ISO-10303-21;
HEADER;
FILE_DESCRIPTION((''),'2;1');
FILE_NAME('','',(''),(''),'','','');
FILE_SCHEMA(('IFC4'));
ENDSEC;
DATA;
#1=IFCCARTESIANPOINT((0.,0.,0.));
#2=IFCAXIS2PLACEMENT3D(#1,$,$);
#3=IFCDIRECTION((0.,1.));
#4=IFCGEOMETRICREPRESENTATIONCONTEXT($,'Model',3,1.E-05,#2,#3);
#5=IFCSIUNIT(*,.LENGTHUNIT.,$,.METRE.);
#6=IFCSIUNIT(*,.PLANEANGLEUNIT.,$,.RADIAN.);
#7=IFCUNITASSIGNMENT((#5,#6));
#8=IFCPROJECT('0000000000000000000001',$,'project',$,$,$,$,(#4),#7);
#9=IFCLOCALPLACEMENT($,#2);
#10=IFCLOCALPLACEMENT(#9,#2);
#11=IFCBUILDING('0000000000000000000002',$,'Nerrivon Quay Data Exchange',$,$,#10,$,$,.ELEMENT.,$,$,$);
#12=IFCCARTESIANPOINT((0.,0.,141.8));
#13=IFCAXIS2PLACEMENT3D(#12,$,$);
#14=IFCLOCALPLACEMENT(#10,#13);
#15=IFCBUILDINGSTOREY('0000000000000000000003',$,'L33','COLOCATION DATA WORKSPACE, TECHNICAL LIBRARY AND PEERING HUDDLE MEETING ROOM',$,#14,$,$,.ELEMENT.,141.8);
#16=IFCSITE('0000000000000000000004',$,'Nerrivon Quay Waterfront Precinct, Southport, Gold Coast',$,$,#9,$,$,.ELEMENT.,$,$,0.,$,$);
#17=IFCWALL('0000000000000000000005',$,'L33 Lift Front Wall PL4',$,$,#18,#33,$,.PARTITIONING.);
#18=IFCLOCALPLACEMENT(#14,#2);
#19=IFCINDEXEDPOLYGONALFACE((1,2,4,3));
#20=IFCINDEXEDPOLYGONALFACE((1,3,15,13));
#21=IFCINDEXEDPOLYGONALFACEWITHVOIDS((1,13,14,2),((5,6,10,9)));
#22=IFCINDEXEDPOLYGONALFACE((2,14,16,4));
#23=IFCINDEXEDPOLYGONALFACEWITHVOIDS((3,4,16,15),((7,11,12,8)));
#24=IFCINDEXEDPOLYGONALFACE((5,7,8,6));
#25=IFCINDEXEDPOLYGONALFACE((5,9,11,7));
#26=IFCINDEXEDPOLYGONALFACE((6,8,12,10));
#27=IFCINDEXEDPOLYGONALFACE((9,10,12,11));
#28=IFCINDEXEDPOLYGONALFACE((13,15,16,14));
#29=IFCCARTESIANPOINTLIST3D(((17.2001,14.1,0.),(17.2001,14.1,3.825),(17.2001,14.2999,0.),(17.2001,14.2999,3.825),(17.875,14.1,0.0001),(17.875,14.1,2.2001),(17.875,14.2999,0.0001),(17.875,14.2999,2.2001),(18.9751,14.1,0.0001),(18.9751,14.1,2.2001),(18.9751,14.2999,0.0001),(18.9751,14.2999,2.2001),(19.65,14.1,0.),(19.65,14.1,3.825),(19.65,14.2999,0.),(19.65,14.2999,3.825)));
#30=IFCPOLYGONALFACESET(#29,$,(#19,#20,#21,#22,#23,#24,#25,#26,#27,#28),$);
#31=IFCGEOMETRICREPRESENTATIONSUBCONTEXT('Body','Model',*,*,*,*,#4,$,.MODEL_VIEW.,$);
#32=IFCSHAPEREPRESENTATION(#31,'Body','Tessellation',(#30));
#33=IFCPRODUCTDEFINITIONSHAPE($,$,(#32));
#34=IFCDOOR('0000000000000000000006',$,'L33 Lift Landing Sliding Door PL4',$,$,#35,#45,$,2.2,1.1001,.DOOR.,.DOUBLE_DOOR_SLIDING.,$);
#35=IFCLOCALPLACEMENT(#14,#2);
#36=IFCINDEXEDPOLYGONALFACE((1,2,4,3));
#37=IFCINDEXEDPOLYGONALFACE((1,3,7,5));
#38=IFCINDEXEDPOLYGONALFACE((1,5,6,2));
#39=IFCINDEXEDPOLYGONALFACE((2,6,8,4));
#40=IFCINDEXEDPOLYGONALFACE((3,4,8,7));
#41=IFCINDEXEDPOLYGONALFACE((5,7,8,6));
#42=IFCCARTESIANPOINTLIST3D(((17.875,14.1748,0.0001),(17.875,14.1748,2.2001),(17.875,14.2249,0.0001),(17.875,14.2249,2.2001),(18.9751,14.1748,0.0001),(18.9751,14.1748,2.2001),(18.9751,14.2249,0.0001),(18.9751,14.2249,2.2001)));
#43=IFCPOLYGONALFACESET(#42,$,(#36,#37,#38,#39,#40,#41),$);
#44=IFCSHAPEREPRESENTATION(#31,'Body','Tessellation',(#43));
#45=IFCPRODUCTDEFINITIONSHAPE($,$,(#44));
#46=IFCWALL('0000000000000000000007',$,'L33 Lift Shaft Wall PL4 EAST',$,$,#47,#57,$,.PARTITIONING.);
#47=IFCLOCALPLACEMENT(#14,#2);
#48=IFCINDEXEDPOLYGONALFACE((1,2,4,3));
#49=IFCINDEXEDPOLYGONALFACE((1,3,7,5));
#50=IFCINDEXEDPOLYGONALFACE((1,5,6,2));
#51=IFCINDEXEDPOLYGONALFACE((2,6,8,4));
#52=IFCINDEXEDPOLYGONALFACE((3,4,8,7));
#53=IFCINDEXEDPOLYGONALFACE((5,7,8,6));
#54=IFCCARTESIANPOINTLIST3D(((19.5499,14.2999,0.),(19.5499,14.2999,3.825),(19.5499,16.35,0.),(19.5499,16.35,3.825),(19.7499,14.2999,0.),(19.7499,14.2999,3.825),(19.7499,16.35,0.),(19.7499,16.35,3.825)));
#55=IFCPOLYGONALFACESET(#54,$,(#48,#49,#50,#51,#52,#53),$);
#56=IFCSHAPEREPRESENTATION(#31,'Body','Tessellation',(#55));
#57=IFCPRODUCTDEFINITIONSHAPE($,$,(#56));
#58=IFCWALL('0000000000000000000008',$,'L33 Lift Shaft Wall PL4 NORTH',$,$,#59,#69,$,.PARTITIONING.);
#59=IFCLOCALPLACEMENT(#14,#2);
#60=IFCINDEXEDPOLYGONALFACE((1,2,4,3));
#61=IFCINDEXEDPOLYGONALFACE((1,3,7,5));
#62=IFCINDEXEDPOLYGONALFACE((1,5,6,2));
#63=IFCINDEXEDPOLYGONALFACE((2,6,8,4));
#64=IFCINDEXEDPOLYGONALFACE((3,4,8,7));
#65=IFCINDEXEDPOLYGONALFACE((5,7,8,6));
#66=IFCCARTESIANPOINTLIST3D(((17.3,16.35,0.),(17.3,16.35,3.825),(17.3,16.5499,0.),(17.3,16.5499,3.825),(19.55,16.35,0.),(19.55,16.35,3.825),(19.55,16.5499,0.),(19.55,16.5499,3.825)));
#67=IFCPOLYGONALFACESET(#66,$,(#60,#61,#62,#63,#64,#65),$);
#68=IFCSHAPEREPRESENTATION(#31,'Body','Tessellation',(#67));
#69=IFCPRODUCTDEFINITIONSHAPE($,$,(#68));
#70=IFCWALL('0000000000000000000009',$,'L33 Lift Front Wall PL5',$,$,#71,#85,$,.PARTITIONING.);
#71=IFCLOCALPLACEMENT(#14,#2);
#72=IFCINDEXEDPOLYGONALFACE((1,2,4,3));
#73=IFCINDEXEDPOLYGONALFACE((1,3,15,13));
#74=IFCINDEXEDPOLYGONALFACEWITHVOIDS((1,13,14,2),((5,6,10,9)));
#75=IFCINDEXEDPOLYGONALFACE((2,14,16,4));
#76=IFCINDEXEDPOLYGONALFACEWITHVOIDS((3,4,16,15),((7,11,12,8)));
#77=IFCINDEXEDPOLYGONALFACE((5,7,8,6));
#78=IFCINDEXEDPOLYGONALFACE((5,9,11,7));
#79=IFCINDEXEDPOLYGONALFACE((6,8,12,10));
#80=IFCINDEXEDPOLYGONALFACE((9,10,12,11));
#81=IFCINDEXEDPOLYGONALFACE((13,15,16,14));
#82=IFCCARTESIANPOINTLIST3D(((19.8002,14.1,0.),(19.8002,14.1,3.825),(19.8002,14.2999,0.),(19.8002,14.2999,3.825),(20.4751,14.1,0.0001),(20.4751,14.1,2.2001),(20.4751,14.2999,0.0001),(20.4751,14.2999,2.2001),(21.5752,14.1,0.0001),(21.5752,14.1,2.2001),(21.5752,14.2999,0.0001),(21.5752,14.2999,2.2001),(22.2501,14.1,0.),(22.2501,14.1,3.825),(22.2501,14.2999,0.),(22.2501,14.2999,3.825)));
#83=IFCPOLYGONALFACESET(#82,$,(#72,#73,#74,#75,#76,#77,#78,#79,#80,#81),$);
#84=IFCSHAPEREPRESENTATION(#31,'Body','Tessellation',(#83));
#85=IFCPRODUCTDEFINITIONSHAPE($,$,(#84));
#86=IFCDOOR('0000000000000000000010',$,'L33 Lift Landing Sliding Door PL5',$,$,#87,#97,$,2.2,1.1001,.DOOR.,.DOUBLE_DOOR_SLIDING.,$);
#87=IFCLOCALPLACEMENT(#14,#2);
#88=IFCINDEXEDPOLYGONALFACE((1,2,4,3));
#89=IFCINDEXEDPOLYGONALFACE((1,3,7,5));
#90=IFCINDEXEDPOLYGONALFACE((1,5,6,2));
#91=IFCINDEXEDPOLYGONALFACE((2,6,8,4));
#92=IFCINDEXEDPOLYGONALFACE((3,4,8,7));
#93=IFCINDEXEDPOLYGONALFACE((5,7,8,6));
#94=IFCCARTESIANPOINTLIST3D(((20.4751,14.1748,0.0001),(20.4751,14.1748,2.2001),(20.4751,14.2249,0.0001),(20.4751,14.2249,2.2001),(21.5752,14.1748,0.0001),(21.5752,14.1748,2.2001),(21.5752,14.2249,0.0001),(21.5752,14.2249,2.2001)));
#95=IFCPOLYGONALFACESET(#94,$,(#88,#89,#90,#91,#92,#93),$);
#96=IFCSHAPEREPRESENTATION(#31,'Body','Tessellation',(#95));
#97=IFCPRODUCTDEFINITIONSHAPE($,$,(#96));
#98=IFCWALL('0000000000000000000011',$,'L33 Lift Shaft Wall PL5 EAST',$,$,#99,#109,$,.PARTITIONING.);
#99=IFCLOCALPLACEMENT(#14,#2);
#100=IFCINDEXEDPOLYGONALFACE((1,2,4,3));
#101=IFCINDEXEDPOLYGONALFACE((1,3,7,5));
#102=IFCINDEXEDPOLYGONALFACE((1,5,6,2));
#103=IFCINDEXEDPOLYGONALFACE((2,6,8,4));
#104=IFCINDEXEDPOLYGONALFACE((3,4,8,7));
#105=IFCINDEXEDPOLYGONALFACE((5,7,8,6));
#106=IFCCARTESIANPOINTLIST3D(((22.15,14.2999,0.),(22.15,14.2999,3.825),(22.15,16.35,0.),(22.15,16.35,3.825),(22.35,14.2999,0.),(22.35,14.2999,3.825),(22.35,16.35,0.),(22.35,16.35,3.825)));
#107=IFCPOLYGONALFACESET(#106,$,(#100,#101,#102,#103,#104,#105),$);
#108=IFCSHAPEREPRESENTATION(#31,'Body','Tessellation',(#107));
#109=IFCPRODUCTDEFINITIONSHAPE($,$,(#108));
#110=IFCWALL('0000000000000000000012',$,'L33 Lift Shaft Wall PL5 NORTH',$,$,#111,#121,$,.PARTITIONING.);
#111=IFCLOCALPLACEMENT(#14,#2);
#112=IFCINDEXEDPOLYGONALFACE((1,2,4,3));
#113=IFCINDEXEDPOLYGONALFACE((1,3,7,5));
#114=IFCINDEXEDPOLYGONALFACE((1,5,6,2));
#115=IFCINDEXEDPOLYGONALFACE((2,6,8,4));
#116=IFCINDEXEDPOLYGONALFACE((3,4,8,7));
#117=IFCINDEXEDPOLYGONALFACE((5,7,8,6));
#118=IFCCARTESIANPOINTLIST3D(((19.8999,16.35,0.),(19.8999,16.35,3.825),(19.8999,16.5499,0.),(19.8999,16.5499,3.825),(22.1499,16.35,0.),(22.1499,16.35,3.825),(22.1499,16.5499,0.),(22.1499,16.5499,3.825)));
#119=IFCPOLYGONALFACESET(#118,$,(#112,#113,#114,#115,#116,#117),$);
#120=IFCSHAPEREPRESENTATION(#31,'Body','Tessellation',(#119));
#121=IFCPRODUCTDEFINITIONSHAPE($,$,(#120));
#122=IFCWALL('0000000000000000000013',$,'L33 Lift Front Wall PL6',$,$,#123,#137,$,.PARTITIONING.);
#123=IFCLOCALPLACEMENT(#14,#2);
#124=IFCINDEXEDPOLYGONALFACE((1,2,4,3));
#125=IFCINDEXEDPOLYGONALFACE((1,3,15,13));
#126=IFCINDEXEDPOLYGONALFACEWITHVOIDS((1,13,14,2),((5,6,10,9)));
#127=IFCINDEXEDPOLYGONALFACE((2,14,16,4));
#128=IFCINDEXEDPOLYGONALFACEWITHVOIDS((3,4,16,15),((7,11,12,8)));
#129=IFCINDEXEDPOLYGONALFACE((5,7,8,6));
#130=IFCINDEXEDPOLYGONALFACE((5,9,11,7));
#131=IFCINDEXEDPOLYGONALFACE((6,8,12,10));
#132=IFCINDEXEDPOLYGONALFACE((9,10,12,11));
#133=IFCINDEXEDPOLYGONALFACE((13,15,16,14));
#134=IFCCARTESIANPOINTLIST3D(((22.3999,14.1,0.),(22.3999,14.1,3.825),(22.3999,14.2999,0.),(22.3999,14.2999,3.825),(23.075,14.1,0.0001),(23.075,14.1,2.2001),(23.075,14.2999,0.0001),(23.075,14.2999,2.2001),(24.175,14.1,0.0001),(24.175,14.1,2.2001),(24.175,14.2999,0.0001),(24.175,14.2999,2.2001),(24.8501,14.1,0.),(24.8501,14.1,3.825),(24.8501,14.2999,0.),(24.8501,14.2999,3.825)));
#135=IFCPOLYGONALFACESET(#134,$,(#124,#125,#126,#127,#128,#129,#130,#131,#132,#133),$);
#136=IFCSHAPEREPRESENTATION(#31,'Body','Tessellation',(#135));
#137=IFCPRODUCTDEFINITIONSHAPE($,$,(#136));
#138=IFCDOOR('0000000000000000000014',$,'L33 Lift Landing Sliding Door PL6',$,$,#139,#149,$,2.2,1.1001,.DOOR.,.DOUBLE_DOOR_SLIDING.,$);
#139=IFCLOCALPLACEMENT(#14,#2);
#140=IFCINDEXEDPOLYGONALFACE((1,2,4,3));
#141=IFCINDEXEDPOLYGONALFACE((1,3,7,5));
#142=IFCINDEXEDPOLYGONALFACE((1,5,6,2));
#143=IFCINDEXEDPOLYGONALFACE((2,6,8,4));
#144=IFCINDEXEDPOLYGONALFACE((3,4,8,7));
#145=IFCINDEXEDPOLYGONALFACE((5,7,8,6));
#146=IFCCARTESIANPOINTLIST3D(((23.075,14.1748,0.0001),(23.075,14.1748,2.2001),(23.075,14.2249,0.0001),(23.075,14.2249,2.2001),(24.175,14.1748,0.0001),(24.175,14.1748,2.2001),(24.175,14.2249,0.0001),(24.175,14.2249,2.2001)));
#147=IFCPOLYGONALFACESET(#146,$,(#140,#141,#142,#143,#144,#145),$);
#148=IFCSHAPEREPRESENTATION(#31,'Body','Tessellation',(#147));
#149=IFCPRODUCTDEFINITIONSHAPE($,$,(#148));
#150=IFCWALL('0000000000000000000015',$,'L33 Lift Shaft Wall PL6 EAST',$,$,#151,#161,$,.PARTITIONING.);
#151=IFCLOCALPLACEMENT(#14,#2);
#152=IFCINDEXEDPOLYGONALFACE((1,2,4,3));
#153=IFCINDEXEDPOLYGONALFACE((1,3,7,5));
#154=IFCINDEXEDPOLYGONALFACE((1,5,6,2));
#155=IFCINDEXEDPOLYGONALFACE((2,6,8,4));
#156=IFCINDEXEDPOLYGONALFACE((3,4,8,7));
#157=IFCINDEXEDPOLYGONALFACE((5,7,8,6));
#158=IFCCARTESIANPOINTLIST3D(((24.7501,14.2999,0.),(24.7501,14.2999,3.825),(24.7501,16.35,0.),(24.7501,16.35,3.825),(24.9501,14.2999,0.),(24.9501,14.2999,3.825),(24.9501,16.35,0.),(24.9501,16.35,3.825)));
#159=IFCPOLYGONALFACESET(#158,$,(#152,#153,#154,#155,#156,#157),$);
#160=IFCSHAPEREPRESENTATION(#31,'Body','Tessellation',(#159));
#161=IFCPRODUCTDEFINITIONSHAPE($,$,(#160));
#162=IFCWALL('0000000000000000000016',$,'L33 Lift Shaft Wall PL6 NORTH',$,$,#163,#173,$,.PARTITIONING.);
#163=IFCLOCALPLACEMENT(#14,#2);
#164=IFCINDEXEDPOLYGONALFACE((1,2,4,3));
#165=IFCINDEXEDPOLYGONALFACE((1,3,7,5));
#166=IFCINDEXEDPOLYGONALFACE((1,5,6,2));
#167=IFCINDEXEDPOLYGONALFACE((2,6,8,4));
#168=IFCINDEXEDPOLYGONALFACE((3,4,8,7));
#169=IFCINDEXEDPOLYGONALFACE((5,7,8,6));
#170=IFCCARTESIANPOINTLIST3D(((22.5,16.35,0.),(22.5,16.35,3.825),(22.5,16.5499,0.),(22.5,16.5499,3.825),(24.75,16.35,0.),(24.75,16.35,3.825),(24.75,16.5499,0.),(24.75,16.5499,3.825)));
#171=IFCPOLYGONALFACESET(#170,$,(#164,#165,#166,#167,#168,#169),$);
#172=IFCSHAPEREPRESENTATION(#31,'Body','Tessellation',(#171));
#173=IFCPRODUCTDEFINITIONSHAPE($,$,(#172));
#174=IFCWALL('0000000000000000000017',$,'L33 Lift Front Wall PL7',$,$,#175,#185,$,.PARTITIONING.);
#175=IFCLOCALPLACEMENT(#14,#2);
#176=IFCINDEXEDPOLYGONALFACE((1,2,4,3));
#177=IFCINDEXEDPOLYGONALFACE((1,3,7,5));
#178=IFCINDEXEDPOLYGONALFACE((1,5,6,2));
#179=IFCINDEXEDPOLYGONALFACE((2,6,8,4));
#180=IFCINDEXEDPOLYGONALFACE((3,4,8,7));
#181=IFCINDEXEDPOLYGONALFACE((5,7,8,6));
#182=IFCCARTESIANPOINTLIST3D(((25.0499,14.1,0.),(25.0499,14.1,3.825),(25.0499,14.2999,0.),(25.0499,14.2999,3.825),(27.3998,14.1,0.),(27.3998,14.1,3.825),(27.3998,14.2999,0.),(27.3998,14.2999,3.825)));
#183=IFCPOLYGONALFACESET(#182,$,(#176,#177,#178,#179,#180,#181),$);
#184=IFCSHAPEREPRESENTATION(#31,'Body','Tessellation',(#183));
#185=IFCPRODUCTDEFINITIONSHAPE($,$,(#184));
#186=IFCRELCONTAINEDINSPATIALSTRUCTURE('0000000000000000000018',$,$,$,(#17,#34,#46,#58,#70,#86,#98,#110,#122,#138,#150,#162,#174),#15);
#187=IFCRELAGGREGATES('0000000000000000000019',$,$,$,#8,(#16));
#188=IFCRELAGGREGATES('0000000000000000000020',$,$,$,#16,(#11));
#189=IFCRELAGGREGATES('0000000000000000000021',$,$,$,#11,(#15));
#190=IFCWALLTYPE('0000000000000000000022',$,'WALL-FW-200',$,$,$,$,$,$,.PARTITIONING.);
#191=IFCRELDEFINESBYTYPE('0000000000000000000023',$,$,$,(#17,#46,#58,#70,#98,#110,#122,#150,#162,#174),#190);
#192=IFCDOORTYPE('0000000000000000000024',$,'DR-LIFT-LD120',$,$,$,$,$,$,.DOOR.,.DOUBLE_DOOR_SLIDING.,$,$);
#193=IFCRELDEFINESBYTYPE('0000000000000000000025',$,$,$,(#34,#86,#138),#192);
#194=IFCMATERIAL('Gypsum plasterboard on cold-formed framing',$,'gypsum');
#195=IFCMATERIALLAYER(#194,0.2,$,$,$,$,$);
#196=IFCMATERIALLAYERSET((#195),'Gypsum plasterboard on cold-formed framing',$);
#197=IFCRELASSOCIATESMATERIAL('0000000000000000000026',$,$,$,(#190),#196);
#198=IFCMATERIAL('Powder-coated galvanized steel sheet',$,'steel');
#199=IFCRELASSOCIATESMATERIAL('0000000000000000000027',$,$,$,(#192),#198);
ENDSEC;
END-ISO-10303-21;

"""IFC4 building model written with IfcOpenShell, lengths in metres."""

from ifc_helpers import new_model, si_unit, direction, frame, frame_2d, origin, place, context, subcontext, project, spatial, rectangle, extrude, material, layer, layer_set, type_object, element, fill, save


model = new_model("IFC4")

# Units and contexts
model_context = context("Model", 3, precision=1e-05, world=origin(), true_north=direction((0.0, 1.0)))
body_context = subcontext(model_context, "Body", "Model", "MODEL_VIEW")
ifc_project = project(units=[si_unit("LENGTHUNIT", "METRE"), si_unit("PLANEANGLEUNIT", "RADIAN")], contexts=[model_context])

# Site, building, storey
site_placement = place(None, origin())
site = spatial("IfcSite", under=ifc_project, at=site_placement, Name="Nerrivon Quay Waterfront Precinct, Southport, Gold Coast", CompositionType="ELEMENT", RefElevation=0.0)
building_placement = place(site_placement, origin())
building = spatial("IfcBuilding", under=site, at=building_placement, Name="Nerrivon Quay Data Exchange", CompositionType="ELEMENT")
storey_placement = place(building_placement, frame((0.0, 0.0, 141.8)))
storey = spatial("IfcBuildingStorey", under=building, at=storey_placement, Name="L33", Description="COLOCATION DATA WORKSPACE, TECHNICAL LIBRARY AND PEERING HUDDLE MEETING ROOM", CompositionType="ELEMENT", Elevation=141.8)

# Shared definitions
ifc_material_1 = material(Name="Gypsum plasterboard on cold-formed framing", Category="gypsum")
ifc_layer_1 = layer(ifc_material_1, 0.2)
ifc_layer_set_1 = layer_set([ifc_layer_1], Name="Gypsum plasterboard on cold-formed framing")
wall_type_1 = type_object("IfcWallType", Name="WALL-FW-200", PredefinedType="PARTITIONING", material=ifc_layer_set_1)

# Wall, opening, door
ifc_material_2 = material(Name="Powder-coated galvanized steel sheet", Category="steel")
door_type_1 = type_object("IfcDoorType", Name="DR-LIFT-LD120", OperationType="DOUBLE_DOOR_SLIDING", PredefinedType="DOOR", material=ifc_material_2)
wall_1_placement = place(storey_placement, frame((17.2, 14.2, 0.0), z_axis=(0.0, 0.0, 1.0), x_axis=(1.0, 0.0, 0.0)))
wall_1 = element("IfcWall", 1, at=wall_1_placement, inside=storey, type_object=wall_type_1, Name="L33 Lift Front Wall PL4", PredefinedType="PARTITIONING", context=body_context, shape_type="SweptSolid", body=[
    extrude(rectangle(XDim=2.45, YDim=0.2, at=frame_2d((1.2251, 0.0))), origin(), (0.0, 0.0, 1.0), 3.825),
])
opening_1_placement = place(wall_1_placement, frame((0.675, 0.0, 0.0)))
opening_1 = element("IfcOpeningElement", 2, at=opening_1_placement, cuts=wall_1, PredefinedType="OPENING", context=body_context, shape_type="SweptSolid", body=[
    extrude(rectangle(XDim=1.1001, YDim=2.2, at=frame_2d((0.55, 1.1001))), frame((0.0, 0.1099, 0.0), z_axis=(0.0, -1.0, 0.0), x_axis=(1.0, 0.0, 0.0)), (0.0, 0.0, 1.0), 0.22),
])
door_1_placement = place(opening_1_placement, origin())
door_1 = element("IfcDoor", 3, at=door_1_placement, inside=storey, type_object=door_type_1, Name="L33 Lift Landing Sliding Door PL4", OperationType="DOUBLE_DOOR_SLIDING", OverallHeight=2.2, OverallWidth=1.1001, PredefinedType="DOOR", context=body_context, shape_type="SweptSolid", body=[
    extrude(rectangle(XDim=1.1001, YDim=2.2, at=frame_2d((0.55, 1.1001))), frame((0.0, 0.0249, 0.0), z_axis=(0.0, -1.0, 0.0), x_axis=(1.0, 0.0, 0.0)), (0.0, 0.0, 1.0), 0.05),
])
fill(opening_1, door_1)

# Walls
wall_2_placement = place(storey_placement, frame((19.6499, 14.3, 0.0), z_axis=(0.0, 0.0, 1.0), x_axis=(0.0, 1.0, 0.0)))
element("IfcWall", 4, at=wall_2_placement, inside=storey, type_object=wall_type_1, Name="L33 Lift Shaft Wall PL4 EAST", PredefinedType="PARTITIONING", context=body_context, shape_type="SweptSolid", body=[
    extrude(rectangle(XDim=2.05, YDim=0.2, at=frame_2d((1.0249, 0.0))), origin(), (0.0, 0.0, 1.0), 3.825),
])
wall_3_placement = place(storey_placement, frame((17.3, 16.45, 0.0), z_axis=(0.0, 0.0, 1.0), x_axis=(1.0, 0.0, 0.0)))
element("IfcWall", 5, at=wall_3_placement, inside=storey, type_object=wall_type_1, Name="L33 Lift Shaft Wall PL4 NORTH", PredefinedType="PARTITIONING", context=body_context, shape_type="SweptSolid", body=[
    extrude(rectangle(XDim=2.25, YDim=0.2, at=frame_2d((1.125, 0.0))), origin(), (0.0, 0.0, 1.0), 3.825),
])

# Wall, opening, door
wall_4_placement = place(storey_placement, frame((19.8, 14.2, 0.0), z_axis=(0.0, 0.0, 1.0), x_axis=(1.0, 0.0, 0.0)))
wall_4 = element("IfcWall", 6, at=wall_4_placement, inside=storey, type_object=wall_type_1, Name="L33 Lift Front Wall PL5", PredefinedType="PARTITIONING", context=body_context, shape_type="SweptSolid", body=[
    extrude(rectangle(XDim=2.45, YDim=0.2, at=frame_2d((1.2251, 0.0))), origin(), (0.0, 0.0, 1.0), 3.825),
])
opening_2_placement = place(wall_4_placement, frame((0.675, 0.0, 0.0)))
opening_2 = element("IfcOpeningElement", 7, at=opening_2_placement, cuts=wall_4, PredefinedType="OPENING", context=body_context, shape_type="SweptSolid", body=[
    extrude(rectangle(XDim=1.1001, YDim=2.2, at=frame_2d((0.55, 1.1001))), frame((0.0, 0.1099, 0.0), z_axis=(0.0, -1.0, 0.0), x_axis=(1.0, 0.0, 0.0)), (0.0, 0.0, 1.0), 0.22),
])
door_2_placement = place(opening_2_placement, origin())
door_2 = element("IfcDoor", 8, at=door_2_placement, inside=storey, type_object=door_type_1, Name="L33 Lift Landing Sliding Door PL5", OperationType="DOUBLE_DOOR_SLIDING", OverallHeight=2.2, OverallWidth=1.1001, PredefinedType="DOOR", context=body_context, shape_type="SweptSolid", body=[
    extrude(rectangle(XDim=1.1001, YDim=2.2, at=frame_2d((0.55, 1.1001))), frame((0.0, 0.0249, 0.0), z_axis=(0.0, -1.0, 0.0), x_axis=(1.0, 0.0, 0.0)), (0.0, 0.0, 1.0), 0.05),
])
fill(opening_2, door_2)

# Walls
wall_5_placement = place(storey_placement, frame((22.25, 14.3, 0.0), z_axis=(0.0, 0.0, 1.0), x_axis=(0.0, 1.0, 0.0)))
element("IfcWall", 9, at=wall_5_placement, inside=storey, type_object=wall_type_1, Name="L33 Lift Shaft Wall PL5 EAST", PredefinedType="PARTITIONING", context=body_context, shape_type="SweptSolid", body=[
    extrude(rectangle(XDim=2.05, YDim=0.2, at=frame_2d((1.0249, 0.0))), origin(), (0.0, 0.0, 1.0), 3.825),
])
wall_6_placement = place(storey_placement, frame((19.8999, 16.45, 0.0), z_axis=(0.0, 0.0, 1.0), x_axis=(1.0, 0.0, 0.0)))
element("IfcWall", 10, at=wall_6_placement, inside=storey, type_object=wall_type_1, Name="L33 Lift Shaft Wall PL5 NORTH", PredefinedType="PARTITIONING", context=body_context, shape_type="SweptSolid", body=[
    extrude(rectangle(XDim=2.25, YDim=0.2, at=frame_2d((1.125, 0.0))), origin(), (0.0, 0.0, 1.0), 3.825),
])

# Wall, opening, door
wall_7_placement = place(storey_placement, frame((22.3999, 14.2, 0.0), z_axis=(0.0, 0.0, 1.0), x_axis=(1.0, 0.0, 0.0)))
wall_7 = element("IfcWall", 11, at=wall_7_placement, inside=storey, type_object=wall_type_1, Name="L33 Lift Front Wall PL6", PredefinedType="PARTITIONING", context=body_context, shape_type="SweptSolid", body=[
    extrude(rectangle(XDim=2.4502, YDim=0.2, at=frame_2d((1.2251, 0.0))), origin(), (0.0, 0.0, 1.0), 3.825),
])
opening_3_placement = place(wall_7_placement, frame((0.675, 0.0, 0.0)))
opening_3 = element("IfcOpeningElement", 12, at=opening_3_placement, cuts=wall_7, PredefinedType="OPENING", context=body_context, shape_type="SweptSolid", body=[
    extrude(rectangle(XDim=1.1001, YDim=2.2, at=frame_2d((0.55, 1.1001))), frame((0.0, 0.1099, 0.0), z_axis=(0.0, -1.0, 0.0), x_axis=(1.0, 0.0, 0.0)), (0.0, 0.0, 1.0), 0.22),
])
door_3_placement = place(opening_3_placement, origin())
door_3 = element("IfcDoor", 13, at=door_3_placement, inside=storey, type_object=door_type_1, Name="L33 Lift Landing Sliding Door PL6", OperationType="DOUBLE_DOOR_SLIDING", OverallHeight=2.2, OverallWidth=1.1001, PredefinedType="DOOR", context=body_context, shape_type="SweptSolid", body=[
    extrude(rectangle(XDim=1.1001, YDim=2.2, at=frame_2d((0.55, 1.1001))), frame((0.0, 0.0249, 0.0), z_axis=(0.0, -1.0, 0.0), x_axis=(1.0, 0.0, 0.0)), (0.0, 0.0, 1.0), 0.05),
])
fill(opening_3, door_3)

# Walls
wall_8_placement = place(storey_placement, frame((24.8501, 14.3, 0.0), z_axis=(0.0, 0.0, 1.0), x_axis=(0.0, 1.0, 0.0)))
element("IfcWall", 14, at=wall_8_placement, inside=storey, type_object=wall_type_1, Name="L33 Lift Shaft Wall PL6 EAST", PredefinedType="PARTITIONING", context=body_context, shape_type="SweptSolid", body=[
    extrude(rectangle(XDim=2.05, YDim=0.2, at=frame_2d((1.0249, 0.0))), origin(), (0.0, 0.0, 1.0), 3.825),
])
wall_9_placement = place(storey_placement, frame((22.5, 16.45, 0.0), z_axis=(0.0, 0.0, 1.0), x_axis=(1.0, 0.0, 0.0)))
element("IfcWall", 15, at=wall_9_placement, inside=storey, type_object=wall_type_1, Name="L33 Lift Shaft Wall PL6 NORTH", PredefinedType="PARTITIONING", context=body_context, shape_type="SweptSolid", body=[
    extrude(rectangle(XDim=2.25, YDim=0.2, at=frame_2d((1.125, 0.0))), origin(), (0.0, 0.0, 1.0), 3.825),
])
wall_10_placement = place(storey_placement, frame((25.05, 14.2, 0.0), z_axis=(0.0, 0.0, 1.0), x_axis=(1.0, 0.0, 0.0)))
element("IfcWall", 16, at=wall_10_placement, inside=storey, type_object=wall_type_1, Name="L33 Lift Front Wall PL7", PredefinedType="PARTITIONING", context=body_context, shape_type="SweptSolid", body=[
    extrude(rectangle(XDim=2.3499, YDim=0.2, at=frame_2d((1.1748, 0.0))), origin(), (0.0, 0.0, 1.0), 3.825),
])

save(model, "model.ifc")
